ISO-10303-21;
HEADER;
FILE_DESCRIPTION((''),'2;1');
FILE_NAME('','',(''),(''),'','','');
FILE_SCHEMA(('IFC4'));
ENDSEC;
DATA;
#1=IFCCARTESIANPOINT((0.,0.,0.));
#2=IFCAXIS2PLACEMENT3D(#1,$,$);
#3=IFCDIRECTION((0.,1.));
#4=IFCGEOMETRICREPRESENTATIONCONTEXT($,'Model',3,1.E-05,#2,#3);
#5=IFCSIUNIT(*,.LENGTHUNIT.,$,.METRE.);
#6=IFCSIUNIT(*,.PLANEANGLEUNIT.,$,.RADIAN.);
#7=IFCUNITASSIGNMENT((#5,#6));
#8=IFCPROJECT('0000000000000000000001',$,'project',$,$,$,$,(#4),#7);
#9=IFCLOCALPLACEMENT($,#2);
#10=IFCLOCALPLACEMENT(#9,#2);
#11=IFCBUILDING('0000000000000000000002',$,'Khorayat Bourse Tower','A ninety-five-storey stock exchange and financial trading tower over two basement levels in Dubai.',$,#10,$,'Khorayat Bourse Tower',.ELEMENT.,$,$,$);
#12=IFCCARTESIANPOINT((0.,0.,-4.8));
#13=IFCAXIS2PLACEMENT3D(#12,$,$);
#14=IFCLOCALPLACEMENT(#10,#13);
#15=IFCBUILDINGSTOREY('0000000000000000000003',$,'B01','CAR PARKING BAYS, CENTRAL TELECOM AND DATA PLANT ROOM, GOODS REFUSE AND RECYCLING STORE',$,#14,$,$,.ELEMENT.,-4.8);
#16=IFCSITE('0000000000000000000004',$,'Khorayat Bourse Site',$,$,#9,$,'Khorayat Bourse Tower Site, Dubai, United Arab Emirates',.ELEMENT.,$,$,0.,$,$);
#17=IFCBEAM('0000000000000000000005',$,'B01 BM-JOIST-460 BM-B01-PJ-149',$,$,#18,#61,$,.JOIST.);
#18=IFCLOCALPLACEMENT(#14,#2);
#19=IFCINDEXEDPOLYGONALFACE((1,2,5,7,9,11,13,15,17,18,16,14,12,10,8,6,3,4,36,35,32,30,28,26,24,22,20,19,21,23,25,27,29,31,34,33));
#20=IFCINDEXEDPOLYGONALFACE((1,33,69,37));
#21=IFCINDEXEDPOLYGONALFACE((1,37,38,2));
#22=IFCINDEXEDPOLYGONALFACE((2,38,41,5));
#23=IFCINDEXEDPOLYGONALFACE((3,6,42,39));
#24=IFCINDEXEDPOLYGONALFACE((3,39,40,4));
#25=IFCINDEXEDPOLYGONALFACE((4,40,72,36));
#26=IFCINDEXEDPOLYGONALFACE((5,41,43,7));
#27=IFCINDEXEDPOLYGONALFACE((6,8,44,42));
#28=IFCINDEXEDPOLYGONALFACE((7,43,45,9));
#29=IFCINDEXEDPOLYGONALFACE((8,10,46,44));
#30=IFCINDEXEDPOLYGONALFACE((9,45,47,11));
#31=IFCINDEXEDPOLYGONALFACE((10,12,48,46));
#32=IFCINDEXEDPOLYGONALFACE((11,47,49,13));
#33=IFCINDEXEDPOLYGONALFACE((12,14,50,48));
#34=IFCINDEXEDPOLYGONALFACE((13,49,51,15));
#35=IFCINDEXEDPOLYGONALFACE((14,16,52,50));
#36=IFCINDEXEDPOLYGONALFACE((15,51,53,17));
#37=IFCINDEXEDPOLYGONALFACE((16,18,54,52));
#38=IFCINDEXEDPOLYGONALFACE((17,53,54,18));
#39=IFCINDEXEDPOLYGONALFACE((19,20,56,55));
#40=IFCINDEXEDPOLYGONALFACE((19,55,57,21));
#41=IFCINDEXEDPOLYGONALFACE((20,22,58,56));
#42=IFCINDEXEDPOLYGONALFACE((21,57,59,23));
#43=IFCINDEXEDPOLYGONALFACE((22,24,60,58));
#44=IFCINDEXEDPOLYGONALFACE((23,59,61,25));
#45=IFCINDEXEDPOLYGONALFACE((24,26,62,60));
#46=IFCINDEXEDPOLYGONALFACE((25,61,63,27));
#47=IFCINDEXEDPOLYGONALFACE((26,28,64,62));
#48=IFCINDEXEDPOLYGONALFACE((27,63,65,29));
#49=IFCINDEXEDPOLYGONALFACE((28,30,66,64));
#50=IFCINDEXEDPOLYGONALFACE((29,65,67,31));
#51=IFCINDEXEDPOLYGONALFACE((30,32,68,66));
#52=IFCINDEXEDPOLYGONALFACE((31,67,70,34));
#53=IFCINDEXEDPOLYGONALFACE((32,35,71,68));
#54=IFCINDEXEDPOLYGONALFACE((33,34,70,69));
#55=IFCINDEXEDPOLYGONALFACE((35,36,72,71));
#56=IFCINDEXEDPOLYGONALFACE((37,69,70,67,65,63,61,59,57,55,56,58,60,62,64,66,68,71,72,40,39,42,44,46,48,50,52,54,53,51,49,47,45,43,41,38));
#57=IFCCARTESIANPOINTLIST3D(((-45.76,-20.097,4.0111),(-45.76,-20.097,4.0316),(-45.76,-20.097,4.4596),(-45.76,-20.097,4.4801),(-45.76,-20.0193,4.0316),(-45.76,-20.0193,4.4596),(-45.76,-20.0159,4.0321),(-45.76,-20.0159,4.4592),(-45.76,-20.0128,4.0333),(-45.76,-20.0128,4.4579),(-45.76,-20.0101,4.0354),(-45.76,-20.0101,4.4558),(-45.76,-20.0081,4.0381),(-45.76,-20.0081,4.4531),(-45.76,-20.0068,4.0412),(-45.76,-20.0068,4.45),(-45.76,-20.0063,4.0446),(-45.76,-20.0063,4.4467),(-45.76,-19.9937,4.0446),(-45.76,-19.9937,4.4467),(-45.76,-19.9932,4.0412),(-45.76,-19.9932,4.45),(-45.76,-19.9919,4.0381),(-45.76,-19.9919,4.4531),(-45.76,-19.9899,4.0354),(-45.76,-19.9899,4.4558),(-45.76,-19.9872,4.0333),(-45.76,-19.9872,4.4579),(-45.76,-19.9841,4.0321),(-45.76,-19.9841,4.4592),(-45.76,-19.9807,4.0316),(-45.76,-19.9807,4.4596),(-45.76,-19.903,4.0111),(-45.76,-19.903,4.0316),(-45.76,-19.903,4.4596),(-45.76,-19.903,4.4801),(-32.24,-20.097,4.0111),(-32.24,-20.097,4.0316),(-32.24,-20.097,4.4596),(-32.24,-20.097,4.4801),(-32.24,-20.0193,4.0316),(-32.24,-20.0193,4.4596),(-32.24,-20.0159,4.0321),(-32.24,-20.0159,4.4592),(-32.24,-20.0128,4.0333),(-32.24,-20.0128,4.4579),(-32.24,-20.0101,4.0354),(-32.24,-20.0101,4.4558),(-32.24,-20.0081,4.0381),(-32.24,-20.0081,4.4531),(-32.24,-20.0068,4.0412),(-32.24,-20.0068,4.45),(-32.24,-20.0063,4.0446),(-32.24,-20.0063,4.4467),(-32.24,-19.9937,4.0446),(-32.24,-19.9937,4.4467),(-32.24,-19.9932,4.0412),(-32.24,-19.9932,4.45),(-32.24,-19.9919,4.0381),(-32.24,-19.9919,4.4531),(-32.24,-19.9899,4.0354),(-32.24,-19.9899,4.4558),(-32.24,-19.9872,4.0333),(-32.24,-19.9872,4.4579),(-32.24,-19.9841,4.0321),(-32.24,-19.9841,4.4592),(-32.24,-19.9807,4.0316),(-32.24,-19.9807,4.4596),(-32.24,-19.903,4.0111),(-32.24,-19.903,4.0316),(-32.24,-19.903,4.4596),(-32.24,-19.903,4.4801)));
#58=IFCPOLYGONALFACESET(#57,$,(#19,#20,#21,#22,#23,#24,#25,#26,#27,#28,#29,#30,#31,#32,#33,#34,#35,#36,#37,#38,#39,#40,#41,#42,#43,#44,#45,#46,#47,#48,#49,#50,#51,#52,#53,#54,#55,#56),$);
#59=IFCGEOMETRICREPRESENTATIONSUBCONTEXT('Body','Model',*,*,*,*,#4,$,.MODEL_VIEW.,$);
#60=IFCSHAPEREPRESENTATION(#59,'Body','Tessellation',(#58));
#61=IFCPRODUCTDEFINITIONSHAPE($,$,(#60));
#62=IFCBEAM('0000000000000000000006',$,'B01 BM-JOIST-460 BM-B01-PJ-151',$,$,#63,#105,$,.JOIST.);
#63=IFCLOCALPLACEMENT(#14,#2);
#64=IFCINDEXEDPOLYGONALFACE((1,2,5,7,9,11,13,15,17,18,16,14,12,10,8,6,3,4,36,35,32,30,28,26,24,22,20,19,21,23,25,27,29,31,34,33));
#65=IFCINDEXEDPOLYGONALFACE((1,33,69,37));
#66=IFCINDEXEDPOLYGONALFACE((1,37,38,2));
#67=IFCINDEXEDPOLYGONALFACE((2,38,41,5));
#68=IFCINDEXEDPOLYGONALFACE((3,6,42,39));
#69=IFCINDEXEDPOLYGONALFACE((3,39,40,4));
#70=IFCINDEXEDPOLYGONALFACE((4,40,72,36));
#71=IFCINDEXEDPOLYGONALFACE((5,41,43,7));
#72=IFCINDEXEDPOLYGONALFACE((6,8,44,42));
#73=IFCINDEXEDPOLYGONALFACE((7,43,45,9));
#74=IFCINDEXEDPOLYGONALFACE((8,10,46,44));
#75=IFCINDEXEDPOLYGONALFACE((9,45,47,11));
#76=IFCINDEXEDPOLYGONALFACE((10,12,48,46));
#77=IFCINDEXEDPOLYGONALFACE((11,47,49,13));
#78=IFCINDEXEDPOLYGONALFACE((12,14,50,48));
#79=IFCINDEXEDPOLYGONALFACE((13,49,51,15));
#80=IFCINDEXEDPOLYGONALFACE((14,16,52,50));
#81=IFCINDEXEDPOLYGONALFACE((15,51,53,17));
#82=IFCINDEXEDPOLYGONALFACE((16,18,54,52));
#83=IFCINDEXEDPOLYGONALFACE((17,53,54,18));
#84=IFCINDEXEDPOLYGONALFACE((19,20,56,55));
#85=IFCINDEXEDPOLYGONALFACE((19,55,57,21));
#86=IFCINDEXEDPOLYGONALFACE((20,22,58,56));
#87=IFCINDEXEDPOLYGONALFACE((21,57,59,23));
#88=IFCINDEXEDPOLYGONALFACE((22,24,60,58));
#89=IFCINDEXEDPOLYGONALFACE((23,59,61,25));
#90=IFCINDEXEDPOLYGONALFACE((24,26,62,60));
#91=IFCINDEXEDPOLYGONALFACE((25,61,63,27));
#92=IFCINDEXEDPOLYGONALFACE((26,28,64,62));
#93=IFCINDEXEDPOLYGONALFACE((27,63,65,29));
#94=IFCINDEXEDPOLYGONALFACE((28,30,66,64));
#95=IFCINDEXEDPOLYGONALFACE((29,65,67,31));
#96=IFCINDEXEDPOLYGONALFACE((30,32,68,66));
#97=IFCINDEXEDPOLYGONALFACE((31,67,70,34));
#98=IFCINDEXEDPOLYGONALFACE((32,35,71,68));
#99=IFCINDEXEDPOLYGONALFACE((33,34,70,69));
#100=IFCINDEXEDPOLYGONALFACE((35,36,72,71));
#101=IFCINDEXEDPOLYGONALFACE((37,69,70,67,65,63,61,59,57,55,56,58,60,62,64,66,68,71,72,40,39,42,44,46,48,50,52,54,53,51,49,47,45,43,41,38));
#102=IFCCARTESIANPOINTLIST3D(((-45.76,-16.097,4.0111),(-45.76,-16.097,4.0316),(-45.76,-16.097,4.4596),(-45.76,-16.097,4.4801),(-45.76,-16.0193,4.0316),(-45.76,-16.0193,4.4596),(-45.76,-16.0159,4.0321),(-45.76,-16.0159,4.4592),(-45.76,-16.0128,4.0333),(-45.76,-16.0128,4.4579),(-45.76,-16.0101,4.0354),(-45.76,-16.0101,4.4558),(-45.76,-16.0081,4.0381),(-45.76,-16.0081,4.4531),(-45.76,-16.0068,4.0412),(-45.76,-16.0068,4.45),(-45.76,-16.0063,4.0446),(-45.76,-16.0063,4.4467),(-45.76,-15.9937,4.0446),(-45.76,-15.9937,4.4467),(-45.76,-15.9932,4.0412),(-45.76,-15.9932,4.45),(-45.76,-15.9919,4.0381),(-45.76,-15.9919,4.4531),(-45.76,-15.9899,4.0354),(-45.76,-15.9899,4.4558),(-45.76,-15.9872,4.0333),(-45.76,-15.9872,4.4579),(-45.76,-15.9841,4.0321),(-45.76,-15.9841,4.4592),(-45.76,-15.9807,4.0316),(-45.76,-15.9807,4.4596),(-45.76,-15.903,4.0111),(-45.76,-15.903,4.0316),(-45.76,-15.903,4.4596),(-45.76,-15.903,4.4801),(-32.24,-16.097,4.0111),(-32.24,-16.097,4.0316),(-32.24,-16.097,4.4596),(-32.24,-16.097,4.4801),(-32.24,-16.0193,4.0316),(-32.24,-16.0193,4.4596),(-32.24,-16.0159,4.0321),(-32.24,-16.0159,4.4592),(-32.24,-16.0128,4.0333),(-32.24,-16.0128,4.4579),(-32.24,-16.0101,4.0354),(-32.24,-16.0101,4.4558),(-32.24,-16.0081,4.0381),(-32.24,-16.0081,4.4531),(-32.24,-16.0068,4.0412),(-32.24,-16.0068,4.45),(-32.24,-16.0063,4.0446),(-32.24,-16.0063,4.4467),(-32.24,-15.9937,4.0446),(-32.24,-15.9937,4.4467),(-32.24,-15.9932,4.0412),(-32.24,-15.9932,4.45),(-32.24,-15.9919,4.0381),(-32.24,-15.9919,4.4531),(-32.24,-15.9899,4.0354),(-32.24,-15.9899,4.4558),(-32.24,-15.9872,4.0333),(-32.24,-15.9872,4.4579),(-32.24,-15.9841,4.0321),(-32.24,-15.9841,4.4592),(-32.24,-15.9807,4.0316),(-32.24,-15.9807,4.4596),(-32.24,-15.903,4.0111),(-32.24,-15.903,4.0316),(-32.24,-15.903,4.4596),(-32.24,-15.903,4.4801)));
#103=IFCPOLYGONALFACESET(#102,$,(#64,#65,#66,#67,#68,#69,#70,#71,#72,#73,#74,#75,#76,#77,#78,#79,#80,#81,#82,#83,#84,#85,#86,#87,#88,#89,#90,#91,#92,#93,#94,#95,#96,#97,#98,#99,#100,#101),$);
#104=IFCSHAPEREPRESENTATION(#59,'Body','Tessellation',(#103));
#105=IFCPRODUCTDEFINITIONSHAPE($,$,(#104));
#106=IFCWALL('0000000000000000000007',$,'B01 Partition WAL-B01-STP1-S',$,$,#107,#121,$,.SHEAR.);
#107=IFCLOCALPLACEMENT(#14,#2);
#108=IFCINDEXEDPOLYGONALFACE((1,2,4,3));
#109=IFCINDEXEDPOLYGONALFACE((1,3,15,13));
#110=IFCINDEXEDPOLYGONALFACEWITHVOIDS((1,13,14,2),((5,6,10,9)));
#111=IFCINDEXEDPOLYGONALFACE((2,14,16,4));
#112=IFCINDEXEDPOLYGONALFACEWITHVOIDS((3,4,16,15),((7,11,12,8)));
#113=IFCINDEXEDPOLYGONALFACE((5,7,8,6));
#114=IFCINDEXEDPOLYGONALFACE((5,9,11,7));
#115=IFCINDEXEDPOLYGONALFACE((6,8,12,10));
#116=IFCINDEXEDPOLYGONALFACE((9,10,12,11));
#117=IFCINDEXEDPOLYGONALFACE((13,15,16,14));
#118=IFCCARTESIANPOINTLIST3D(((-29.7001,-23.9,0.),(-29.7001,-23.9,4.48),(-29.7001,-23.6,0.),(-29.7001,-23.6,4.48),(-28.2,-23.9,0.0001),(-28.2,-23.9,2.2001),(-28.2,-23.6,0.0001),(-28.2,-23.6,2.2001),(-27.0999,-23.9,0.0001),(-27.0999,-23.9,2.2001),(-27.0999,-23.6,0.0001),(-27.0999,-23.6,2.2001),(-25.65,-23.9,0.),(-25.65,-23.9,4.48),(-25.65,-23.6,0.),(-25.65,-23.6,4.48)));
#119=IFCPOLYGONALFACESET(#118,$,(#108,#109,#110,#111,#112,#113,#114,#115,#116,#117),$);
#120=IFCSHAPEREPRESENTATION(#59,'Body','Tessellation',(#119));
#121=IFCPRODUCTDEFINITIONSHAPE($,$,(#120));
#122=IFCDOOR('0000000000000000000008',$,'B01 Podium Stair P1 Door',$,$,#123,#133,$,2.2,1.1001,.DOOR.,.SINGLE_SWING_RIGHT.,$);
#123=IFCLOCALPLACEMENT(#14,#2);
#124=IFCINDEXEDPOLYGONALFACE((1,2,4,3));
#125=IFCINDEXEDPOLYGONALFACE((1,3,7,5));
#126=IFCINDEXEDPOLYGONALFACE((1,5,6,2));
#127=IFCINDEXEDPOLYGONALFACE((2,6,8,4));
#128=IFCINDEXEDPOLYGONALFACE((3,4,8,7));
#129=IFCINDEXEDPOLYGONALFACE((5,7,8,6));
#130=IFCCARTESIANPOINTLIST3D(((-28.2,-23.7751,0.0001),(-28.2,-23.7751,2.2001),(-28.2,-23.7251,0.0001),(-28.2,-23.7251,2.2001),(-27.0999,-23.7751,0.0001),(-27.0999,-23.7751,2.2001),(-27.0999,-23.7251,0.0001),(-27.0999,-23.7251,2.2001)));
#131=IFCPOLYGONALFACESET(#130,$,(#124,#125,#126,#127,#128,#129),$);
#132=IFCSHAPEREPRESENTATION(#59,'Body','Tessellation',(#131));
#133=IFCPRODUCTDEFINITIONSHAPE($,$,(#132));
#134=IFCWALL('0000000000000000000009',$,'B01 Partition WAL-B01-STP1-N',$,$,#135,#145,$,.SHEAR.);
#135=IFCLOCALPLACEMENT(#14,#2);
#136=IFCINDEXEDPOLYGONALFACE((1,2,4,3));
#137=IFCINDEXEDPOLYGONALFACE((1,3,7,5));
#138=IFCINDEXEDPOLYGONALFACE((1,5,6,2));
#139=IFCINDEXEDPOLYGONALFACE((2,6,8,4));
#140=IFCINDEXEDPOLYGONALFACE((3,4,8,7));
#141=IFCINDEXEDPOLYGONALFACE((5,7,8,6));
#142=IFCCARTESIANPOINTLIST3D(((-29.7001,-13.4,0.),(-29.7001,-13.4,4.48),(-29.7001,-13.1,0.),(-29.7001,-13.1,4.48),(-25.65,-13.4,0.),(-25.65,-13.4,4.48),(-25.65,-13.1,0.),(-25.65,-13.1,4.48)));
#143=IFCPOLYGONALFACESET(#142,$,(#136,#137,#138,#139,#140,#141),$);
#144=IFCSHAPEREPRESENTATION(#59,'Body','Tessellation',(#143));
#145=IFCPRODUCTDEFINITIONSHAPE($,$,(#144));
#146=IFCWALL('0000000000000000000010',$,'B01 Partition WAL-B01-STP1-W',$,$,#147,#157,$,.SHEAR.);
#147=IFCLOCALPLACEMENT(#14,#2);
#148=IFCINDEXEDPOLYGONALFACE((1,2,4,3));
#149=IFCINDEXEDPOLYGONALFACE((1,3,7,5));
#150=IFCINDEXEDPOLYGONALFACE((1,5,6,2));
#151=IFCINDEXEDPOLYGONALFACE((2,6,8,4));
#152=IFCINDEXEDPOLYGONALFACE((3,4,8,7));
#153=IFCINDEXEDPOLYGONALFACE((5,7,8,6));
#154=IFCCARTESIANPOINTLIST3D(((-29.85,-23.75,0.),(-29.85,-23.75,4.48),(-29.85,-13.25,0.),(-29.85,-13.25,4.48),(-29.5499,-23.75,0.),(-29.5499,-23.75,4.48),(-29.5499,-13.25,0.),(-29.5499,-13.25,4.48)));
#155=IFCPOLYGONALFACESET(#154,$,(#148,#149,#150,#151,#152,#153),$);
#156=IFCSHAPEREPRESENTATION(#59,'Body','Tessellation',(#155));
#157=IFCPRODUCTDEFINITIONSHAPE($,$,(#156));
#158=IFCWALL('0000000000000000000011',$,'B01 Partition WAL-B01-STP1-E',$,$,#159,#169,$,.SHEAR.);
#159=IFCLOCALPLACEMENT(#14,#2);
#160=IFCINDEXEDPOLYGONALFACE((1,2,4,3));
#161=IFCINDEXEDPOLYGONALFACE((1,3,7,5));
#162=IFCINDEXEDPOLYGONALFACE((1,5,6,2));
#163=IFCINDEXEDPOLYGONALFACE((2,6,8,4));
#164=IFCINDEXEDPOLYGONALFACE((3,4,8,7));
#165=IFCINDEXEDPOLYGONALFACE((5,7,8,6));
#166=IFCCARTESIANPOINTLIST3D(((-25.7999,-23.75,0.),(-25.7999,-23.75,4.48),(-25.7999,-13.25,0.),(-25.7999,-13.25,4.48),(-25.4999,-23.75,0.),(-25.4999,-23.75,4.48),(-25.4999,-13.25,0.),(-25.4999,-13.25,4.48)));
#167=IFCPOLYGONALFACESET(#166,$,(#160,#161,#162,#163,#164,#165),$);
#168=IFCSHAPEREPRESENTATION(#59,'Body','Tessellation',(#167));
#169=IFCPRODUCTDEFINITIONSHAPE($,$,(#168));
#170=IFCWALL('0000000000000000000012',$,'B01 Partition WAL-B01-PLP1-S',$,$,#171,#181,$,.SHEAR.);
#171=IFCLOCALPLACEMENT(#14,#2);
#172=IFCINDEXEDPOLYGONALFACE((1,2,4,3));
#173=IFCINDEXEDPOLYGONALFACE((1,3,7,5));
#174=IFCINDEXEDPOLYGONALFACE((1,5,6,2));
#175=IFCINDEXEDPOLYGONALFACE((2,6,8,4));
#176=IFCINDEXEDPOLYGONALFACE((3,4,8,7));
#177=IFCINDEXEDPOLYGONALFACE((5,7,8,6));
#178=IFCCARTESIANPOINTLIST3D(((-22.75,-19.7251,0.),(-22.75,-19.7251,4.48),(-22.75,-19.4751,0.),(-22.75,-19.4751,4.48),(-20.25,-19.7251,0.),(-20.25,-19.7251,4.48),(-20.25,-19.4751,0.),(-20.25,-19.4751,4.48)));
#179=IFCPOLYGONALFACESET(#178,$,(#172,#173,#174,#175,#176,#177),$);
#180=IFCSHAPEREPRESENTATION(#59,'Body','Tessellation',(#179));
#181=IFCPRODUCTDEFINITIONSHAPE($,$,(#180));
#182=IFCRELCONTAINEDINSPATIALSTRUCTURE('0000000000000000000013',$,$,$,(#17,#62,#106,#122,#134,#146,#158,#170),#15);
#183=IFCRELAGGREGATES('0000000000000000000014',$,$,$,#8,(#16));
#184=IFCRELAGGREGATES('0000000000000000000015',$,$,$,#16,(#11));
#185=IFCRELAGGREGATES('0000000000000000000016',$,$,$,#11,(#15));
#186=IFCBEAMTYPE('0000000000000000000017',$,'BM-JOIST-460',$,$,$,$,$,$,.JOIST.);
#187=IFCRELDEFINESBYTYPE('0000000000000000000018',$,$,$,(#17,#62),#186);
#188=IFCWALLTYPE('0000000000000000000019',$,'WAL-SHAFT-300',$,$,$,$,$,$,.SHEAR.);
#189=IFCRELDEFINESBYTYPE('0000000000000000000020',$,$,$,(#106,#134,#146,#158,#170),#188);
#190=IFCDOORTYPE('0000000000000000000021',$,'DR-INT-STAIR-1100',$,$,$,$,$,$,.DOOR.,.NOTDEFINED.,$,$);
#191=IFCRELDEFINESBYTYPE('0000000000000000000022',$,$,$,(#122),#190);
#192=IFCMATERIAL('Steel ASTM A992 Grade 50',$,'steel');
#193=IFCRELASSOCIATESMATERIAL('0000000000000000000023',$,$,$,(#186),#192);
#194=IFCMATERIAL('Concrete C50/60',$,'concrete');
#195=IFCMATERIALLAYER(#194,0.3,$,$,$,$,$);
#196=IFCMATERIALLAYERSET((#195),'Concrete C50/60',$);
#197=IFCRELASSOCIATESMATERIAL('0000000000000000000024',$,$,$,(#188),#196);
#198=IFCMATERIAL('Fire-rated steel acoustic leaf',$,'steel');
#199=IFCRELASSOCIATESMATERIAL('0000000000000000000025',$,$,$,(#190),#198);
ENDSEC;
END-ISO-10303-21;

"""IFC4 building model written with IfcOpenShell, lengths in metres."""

from ifc_helpers import new_model, si_unit, direction, frame, frame_2d, origin, origin_2d, place, context, subcontext, project, spatial, rectangle, i_section, extrude, source, transform, mapped, material, layer, layer_set, material_profile, profile_set, type_object, element, fill, save


model = new_model("IFC4")

# Units and contexts
model_context = context("Model", 3, precision=1e-05, world=origin(), true_north=direction((0.0, 1.0)))
body_context = subcontext(model_context, "Body", "Model", "MODEL_VIEW")
ifc_project = project(units=[si_unit("LENGTHUNIT", "METRE"), si_unit("PLANEANGLEUNIT", "RADIAN")], contexts=[model_context])

# Site, building, storey
site_placement = place(None, origin())
site = spatial("IfcSite", under=ifc_project, at=site_placement, Name="Khorayat Bourse Site", LongName="Khorayat Bourse Tower Site, Dubai, United Arab Emirates", CompositionType="ELEMENT", RefElevation=0.0)
building_placement = place(site_placement, origin())
building = spatial("IfcBuilding", under=site, at=building_placement, Name="Khorayat Bourse Tower", Description="A ninety-five-storey stock exchange and financial trading tower over two basement levels in Dubai.", LongName="Khorayat Bourse Tower", CompositionType="ELEMENT")
storey_placement = place(building_placement, frame((0.0, 0.0, -4.8)))
storey = spatial("IfcBuildingStorey", under=building, at=storey_placement, Name="B01", Description="CAR PARKING BAYS, CENTRAL TELECOM AND DATA PLANT ROOM, GOODS REFUSE AND RECYCLING STORE", CompositionType="ELEMENT", Elevation=-4.8)

# Beams
ifc_material_1 = material(Name="Steel ASTM A992 Grade 50", Category="steel")
ifc_material_profile_1 = material_profile(ifc_material_1, i_section(OverallWidth=0.1941, OverallDepth=0.469, WebThickness=0.0127, FlangeThickness=0.0205, FilletRadius=0.0129, at=origin_2d()), Name="W460X106")
ifc_profile_set_1 = profile_set([ifc_material_profile_1], Name="Steel ASTM A992 Grade 50")
beam_type_1 = type_object("IfcBeamType", Name="BM-JOIST-460", PredefinedType="JOIST", material=ifc_profile_set_1)
shared_shape_1 = source(origin(), body_context, "Body", "SweptSolid", [
    extrude(i_section(OverallWidth=0.1941, OverallDepth=0.469, WebThickness=0.0127, FlangeThickness=0.0205, FilletRadius=0.0129, at=origin_2d()), origin(), (0.0, 0.0, 1.0), 13.52),
])
for number, where, z_axis, x_axis, name in (
    (1, (-45.76, -20.0, 4.2456), (1.0, 0.0, 0.0), (0.0, 1.0, 0.0), "B01 BM-JOIST-460 BM-B01-PJ-149"),
    (2, (-45.76, -16.0, 4.2456), (1.0, 0.0, 0.0), (0.0, 1.0, 0.0), "B01 BM-JOIST-460 BM-B01-PJ-151"),
):
    element("IfcBeam", number, at=place(storey_placement, frame(where, z_axis=z_axis, x_axis=x_axis)), inside=storey, type_object=beam_type_1, Name=name, PredefinedType="JOIST", context=body_context, shape_type="MappedRepresentation", body=[
        mapped(shared_shape_1, transform((0.0, 0.0, 0.0), scale=1.0)),
    ])

# Wall, opening, door
ifc_material_2 = material(Name="Concrete C50/60", Category="concrete")
ifc_layer_1 = layer(ifc_material_2, 0.3)
ifc_layer_set_1 = layer_set([ifc_layer_1], Name="Concrete C50/60")
wall_type_1 = type_object("IfcWallType", Name="WAL-SHAFT-300", PredefinedType="SHEAR", material=ifc_layer_set_1)
shared_shape_2 = source(origin(), body_context, "Body", "SweptSolid", [
    extrude(rectangle(XDim=4.05, YDim=0.3, at=frame_2d((2.0249, 0.0))), origin(), (0.0, 0.0, 1.0), 4.48),
])
wall_1_placement = place(storey_placement, frame((-29.7, -23.75, 0.0), z_axis=(0.0, 0.0, 1.0), x_axis=(1.0, 0.0, 0.0)))
wall_1 = element("IfcWall", 3, at=wall_1_placement, inside=storey, type_object=wall_type_1, Name="B01 Partition WAL-B01-STP1-S", PredefinedType="SHEAR", context=body_context, shape_type="MappedRepresentation", body=[
    mapped(shared_shape_2, transform((0.0, 0.0, 0.0), scale=1.0)),
])
shared_shape_3 = source(origin(), body_context, "Body", "SweptSolid", [
    extrude(rectangle(XDim=1.1001, YDim=2.2, at=frame_2d((0.55, 1.1001))), frame((0.0, 0.1599, 0.0), z_axis=(0.0, -1.0, 0.0), x_axis=(1.0, 0.0, 0.0)), (0.0, 0.0, 1.0), 0.3201),
])
opening_1_placement = place(wall_1_placement, frame((1.5, 0.0, 0.0)))
opening_1 = element("IfcOpeningElement", 4, at=opening_1_placement, cuts=wall_1, PredefinedType="OPENING", context=body_context, shape_type="MappedRepresentation", body=[
    mapped(shared_shape_3, transform((0.0, 0.0, 0.0), scale=1.0)),
])
ifc_material_3 = material(Name="Fire-rated steel acoustic leaf", Category="steel")
door_type_1 = type_object("IfcDoorType", Name="DR-INT-STAIR-1100", OperationType="NOTDEFINED", PredefinedType="DOOR", material=ifc_material_3)
shared_shape_4 = source(origin(), body_context, "Body", "SweptSolid", [
    extrude(rectangle(XDim=1.1001, YDim=2.2, at=frame_2d((0.55, 1.1001))), frame((0.0, 0.0249, 0.0), z_axis=(0.0, -1.0, 0.0), x_axis=(1.0, 0.0, 0.0)), (0.0, 0.0, 1.0), 0.05),
])
door_1_placement = place(opening_1_placement, origin())
door_1 = element("IfcDoor", 5, at=door_1_placement, inside=storey, type_object=door_type_1, Name="B01 Podium Stair P1 Door", OperationType="SINGLE_SWING_RIGHT", OverallHeight=2.2, OverallWidth=1.1001, PredefinedType="DOOR", context=body_context, shape_type="MappedRepresentation", body=[
    mapped(shared_shape_4, transform((0.0, 0.0, 0.0), scale=1.0)),
])
fill(opening_1, door_1)

# Walls
wall_2_placement = place(storey_placement, frame((-29.7, -13.25, 0.0), z_axis=(0.0, 0.0, 1.0), x_axis=(1.0, 0.0, 0.0)))
element("IfcWall", 6, at=wall_2_placement, inside=storey, type_object=wall_type_1, Name="B01 Partition WAL-B01-STP1-N", PredefinedType="SHEAR", context=body_context, shape_type="MappedRepresentation", body=[
    mapped(shared_shape_2, transform((0.0, 0.0, 0.0), scale=1.0)),
])
shared_shape_5 = source(origin(), body_context, "Body", "SweptSolid", [
    extrude(rectangle(XDim=10.5, YDim=0.3, at=frame_2d((5.25, 0.0))), origin(), (0.0, 0.0, 1.0), 4.48),
])
for number, where, z_axis, x_axis, name in (
    (7, (-29.7, -23.75, 0.0), (0.0, 0.0, 1.0), (0.0, 1.0, 0.0), "B01 Partition WAL-B01-STP1-W"),
    (8, (-25.6499, -23.75, 0.0), (0.0, 0.0, 1.0), (0.0, 1.0, 0.0), "B01 Partition WAL-B01-STP1-E"),
):
    element("IfcWall", number, at=place(storey_placement, frame(where, z_axis=z_axis, x_axis=x_axis)), inside=storey, type_object=wall_type_1, Name=name, PredefinedType="SHEAR", context=body_context, shape_type="MappedRepresentation", body=[
        mapped(shared_shape_5, transform((0.0, 0.0, 0.0), scale=1.0)),
    ])
shared_shape_6 = source(origin(), body_context, "Body", "SweptSolid", [
    extrude(rectangle(XDim=2.5, YDim=0.25, at=frame_2d((1.25, 0.0))), origin(), (0.0, 0.0, 1.0), 4.48),
])
wall_3_placement = place(storey_placement, frame((-22.75, -19.6001, 0.0), z_axis=(0.0, 0.0, 1.0), x_axis=(1.0, 0.0, 0.0)))
element("IfcWall", 9, at=wall_3_placement, inside=storey, type_object=wall_type_1, Name="B01 Partition WAL-B01-PLP1-S", PredefinedType="SHEAR", context=body_context, shape_type="MappedRepresentation", body=[
    mapped(shared_shape_6, transform((0.0, 0.0, 0.0), scale=1.0)),
])

save(model, "model.ifc")
